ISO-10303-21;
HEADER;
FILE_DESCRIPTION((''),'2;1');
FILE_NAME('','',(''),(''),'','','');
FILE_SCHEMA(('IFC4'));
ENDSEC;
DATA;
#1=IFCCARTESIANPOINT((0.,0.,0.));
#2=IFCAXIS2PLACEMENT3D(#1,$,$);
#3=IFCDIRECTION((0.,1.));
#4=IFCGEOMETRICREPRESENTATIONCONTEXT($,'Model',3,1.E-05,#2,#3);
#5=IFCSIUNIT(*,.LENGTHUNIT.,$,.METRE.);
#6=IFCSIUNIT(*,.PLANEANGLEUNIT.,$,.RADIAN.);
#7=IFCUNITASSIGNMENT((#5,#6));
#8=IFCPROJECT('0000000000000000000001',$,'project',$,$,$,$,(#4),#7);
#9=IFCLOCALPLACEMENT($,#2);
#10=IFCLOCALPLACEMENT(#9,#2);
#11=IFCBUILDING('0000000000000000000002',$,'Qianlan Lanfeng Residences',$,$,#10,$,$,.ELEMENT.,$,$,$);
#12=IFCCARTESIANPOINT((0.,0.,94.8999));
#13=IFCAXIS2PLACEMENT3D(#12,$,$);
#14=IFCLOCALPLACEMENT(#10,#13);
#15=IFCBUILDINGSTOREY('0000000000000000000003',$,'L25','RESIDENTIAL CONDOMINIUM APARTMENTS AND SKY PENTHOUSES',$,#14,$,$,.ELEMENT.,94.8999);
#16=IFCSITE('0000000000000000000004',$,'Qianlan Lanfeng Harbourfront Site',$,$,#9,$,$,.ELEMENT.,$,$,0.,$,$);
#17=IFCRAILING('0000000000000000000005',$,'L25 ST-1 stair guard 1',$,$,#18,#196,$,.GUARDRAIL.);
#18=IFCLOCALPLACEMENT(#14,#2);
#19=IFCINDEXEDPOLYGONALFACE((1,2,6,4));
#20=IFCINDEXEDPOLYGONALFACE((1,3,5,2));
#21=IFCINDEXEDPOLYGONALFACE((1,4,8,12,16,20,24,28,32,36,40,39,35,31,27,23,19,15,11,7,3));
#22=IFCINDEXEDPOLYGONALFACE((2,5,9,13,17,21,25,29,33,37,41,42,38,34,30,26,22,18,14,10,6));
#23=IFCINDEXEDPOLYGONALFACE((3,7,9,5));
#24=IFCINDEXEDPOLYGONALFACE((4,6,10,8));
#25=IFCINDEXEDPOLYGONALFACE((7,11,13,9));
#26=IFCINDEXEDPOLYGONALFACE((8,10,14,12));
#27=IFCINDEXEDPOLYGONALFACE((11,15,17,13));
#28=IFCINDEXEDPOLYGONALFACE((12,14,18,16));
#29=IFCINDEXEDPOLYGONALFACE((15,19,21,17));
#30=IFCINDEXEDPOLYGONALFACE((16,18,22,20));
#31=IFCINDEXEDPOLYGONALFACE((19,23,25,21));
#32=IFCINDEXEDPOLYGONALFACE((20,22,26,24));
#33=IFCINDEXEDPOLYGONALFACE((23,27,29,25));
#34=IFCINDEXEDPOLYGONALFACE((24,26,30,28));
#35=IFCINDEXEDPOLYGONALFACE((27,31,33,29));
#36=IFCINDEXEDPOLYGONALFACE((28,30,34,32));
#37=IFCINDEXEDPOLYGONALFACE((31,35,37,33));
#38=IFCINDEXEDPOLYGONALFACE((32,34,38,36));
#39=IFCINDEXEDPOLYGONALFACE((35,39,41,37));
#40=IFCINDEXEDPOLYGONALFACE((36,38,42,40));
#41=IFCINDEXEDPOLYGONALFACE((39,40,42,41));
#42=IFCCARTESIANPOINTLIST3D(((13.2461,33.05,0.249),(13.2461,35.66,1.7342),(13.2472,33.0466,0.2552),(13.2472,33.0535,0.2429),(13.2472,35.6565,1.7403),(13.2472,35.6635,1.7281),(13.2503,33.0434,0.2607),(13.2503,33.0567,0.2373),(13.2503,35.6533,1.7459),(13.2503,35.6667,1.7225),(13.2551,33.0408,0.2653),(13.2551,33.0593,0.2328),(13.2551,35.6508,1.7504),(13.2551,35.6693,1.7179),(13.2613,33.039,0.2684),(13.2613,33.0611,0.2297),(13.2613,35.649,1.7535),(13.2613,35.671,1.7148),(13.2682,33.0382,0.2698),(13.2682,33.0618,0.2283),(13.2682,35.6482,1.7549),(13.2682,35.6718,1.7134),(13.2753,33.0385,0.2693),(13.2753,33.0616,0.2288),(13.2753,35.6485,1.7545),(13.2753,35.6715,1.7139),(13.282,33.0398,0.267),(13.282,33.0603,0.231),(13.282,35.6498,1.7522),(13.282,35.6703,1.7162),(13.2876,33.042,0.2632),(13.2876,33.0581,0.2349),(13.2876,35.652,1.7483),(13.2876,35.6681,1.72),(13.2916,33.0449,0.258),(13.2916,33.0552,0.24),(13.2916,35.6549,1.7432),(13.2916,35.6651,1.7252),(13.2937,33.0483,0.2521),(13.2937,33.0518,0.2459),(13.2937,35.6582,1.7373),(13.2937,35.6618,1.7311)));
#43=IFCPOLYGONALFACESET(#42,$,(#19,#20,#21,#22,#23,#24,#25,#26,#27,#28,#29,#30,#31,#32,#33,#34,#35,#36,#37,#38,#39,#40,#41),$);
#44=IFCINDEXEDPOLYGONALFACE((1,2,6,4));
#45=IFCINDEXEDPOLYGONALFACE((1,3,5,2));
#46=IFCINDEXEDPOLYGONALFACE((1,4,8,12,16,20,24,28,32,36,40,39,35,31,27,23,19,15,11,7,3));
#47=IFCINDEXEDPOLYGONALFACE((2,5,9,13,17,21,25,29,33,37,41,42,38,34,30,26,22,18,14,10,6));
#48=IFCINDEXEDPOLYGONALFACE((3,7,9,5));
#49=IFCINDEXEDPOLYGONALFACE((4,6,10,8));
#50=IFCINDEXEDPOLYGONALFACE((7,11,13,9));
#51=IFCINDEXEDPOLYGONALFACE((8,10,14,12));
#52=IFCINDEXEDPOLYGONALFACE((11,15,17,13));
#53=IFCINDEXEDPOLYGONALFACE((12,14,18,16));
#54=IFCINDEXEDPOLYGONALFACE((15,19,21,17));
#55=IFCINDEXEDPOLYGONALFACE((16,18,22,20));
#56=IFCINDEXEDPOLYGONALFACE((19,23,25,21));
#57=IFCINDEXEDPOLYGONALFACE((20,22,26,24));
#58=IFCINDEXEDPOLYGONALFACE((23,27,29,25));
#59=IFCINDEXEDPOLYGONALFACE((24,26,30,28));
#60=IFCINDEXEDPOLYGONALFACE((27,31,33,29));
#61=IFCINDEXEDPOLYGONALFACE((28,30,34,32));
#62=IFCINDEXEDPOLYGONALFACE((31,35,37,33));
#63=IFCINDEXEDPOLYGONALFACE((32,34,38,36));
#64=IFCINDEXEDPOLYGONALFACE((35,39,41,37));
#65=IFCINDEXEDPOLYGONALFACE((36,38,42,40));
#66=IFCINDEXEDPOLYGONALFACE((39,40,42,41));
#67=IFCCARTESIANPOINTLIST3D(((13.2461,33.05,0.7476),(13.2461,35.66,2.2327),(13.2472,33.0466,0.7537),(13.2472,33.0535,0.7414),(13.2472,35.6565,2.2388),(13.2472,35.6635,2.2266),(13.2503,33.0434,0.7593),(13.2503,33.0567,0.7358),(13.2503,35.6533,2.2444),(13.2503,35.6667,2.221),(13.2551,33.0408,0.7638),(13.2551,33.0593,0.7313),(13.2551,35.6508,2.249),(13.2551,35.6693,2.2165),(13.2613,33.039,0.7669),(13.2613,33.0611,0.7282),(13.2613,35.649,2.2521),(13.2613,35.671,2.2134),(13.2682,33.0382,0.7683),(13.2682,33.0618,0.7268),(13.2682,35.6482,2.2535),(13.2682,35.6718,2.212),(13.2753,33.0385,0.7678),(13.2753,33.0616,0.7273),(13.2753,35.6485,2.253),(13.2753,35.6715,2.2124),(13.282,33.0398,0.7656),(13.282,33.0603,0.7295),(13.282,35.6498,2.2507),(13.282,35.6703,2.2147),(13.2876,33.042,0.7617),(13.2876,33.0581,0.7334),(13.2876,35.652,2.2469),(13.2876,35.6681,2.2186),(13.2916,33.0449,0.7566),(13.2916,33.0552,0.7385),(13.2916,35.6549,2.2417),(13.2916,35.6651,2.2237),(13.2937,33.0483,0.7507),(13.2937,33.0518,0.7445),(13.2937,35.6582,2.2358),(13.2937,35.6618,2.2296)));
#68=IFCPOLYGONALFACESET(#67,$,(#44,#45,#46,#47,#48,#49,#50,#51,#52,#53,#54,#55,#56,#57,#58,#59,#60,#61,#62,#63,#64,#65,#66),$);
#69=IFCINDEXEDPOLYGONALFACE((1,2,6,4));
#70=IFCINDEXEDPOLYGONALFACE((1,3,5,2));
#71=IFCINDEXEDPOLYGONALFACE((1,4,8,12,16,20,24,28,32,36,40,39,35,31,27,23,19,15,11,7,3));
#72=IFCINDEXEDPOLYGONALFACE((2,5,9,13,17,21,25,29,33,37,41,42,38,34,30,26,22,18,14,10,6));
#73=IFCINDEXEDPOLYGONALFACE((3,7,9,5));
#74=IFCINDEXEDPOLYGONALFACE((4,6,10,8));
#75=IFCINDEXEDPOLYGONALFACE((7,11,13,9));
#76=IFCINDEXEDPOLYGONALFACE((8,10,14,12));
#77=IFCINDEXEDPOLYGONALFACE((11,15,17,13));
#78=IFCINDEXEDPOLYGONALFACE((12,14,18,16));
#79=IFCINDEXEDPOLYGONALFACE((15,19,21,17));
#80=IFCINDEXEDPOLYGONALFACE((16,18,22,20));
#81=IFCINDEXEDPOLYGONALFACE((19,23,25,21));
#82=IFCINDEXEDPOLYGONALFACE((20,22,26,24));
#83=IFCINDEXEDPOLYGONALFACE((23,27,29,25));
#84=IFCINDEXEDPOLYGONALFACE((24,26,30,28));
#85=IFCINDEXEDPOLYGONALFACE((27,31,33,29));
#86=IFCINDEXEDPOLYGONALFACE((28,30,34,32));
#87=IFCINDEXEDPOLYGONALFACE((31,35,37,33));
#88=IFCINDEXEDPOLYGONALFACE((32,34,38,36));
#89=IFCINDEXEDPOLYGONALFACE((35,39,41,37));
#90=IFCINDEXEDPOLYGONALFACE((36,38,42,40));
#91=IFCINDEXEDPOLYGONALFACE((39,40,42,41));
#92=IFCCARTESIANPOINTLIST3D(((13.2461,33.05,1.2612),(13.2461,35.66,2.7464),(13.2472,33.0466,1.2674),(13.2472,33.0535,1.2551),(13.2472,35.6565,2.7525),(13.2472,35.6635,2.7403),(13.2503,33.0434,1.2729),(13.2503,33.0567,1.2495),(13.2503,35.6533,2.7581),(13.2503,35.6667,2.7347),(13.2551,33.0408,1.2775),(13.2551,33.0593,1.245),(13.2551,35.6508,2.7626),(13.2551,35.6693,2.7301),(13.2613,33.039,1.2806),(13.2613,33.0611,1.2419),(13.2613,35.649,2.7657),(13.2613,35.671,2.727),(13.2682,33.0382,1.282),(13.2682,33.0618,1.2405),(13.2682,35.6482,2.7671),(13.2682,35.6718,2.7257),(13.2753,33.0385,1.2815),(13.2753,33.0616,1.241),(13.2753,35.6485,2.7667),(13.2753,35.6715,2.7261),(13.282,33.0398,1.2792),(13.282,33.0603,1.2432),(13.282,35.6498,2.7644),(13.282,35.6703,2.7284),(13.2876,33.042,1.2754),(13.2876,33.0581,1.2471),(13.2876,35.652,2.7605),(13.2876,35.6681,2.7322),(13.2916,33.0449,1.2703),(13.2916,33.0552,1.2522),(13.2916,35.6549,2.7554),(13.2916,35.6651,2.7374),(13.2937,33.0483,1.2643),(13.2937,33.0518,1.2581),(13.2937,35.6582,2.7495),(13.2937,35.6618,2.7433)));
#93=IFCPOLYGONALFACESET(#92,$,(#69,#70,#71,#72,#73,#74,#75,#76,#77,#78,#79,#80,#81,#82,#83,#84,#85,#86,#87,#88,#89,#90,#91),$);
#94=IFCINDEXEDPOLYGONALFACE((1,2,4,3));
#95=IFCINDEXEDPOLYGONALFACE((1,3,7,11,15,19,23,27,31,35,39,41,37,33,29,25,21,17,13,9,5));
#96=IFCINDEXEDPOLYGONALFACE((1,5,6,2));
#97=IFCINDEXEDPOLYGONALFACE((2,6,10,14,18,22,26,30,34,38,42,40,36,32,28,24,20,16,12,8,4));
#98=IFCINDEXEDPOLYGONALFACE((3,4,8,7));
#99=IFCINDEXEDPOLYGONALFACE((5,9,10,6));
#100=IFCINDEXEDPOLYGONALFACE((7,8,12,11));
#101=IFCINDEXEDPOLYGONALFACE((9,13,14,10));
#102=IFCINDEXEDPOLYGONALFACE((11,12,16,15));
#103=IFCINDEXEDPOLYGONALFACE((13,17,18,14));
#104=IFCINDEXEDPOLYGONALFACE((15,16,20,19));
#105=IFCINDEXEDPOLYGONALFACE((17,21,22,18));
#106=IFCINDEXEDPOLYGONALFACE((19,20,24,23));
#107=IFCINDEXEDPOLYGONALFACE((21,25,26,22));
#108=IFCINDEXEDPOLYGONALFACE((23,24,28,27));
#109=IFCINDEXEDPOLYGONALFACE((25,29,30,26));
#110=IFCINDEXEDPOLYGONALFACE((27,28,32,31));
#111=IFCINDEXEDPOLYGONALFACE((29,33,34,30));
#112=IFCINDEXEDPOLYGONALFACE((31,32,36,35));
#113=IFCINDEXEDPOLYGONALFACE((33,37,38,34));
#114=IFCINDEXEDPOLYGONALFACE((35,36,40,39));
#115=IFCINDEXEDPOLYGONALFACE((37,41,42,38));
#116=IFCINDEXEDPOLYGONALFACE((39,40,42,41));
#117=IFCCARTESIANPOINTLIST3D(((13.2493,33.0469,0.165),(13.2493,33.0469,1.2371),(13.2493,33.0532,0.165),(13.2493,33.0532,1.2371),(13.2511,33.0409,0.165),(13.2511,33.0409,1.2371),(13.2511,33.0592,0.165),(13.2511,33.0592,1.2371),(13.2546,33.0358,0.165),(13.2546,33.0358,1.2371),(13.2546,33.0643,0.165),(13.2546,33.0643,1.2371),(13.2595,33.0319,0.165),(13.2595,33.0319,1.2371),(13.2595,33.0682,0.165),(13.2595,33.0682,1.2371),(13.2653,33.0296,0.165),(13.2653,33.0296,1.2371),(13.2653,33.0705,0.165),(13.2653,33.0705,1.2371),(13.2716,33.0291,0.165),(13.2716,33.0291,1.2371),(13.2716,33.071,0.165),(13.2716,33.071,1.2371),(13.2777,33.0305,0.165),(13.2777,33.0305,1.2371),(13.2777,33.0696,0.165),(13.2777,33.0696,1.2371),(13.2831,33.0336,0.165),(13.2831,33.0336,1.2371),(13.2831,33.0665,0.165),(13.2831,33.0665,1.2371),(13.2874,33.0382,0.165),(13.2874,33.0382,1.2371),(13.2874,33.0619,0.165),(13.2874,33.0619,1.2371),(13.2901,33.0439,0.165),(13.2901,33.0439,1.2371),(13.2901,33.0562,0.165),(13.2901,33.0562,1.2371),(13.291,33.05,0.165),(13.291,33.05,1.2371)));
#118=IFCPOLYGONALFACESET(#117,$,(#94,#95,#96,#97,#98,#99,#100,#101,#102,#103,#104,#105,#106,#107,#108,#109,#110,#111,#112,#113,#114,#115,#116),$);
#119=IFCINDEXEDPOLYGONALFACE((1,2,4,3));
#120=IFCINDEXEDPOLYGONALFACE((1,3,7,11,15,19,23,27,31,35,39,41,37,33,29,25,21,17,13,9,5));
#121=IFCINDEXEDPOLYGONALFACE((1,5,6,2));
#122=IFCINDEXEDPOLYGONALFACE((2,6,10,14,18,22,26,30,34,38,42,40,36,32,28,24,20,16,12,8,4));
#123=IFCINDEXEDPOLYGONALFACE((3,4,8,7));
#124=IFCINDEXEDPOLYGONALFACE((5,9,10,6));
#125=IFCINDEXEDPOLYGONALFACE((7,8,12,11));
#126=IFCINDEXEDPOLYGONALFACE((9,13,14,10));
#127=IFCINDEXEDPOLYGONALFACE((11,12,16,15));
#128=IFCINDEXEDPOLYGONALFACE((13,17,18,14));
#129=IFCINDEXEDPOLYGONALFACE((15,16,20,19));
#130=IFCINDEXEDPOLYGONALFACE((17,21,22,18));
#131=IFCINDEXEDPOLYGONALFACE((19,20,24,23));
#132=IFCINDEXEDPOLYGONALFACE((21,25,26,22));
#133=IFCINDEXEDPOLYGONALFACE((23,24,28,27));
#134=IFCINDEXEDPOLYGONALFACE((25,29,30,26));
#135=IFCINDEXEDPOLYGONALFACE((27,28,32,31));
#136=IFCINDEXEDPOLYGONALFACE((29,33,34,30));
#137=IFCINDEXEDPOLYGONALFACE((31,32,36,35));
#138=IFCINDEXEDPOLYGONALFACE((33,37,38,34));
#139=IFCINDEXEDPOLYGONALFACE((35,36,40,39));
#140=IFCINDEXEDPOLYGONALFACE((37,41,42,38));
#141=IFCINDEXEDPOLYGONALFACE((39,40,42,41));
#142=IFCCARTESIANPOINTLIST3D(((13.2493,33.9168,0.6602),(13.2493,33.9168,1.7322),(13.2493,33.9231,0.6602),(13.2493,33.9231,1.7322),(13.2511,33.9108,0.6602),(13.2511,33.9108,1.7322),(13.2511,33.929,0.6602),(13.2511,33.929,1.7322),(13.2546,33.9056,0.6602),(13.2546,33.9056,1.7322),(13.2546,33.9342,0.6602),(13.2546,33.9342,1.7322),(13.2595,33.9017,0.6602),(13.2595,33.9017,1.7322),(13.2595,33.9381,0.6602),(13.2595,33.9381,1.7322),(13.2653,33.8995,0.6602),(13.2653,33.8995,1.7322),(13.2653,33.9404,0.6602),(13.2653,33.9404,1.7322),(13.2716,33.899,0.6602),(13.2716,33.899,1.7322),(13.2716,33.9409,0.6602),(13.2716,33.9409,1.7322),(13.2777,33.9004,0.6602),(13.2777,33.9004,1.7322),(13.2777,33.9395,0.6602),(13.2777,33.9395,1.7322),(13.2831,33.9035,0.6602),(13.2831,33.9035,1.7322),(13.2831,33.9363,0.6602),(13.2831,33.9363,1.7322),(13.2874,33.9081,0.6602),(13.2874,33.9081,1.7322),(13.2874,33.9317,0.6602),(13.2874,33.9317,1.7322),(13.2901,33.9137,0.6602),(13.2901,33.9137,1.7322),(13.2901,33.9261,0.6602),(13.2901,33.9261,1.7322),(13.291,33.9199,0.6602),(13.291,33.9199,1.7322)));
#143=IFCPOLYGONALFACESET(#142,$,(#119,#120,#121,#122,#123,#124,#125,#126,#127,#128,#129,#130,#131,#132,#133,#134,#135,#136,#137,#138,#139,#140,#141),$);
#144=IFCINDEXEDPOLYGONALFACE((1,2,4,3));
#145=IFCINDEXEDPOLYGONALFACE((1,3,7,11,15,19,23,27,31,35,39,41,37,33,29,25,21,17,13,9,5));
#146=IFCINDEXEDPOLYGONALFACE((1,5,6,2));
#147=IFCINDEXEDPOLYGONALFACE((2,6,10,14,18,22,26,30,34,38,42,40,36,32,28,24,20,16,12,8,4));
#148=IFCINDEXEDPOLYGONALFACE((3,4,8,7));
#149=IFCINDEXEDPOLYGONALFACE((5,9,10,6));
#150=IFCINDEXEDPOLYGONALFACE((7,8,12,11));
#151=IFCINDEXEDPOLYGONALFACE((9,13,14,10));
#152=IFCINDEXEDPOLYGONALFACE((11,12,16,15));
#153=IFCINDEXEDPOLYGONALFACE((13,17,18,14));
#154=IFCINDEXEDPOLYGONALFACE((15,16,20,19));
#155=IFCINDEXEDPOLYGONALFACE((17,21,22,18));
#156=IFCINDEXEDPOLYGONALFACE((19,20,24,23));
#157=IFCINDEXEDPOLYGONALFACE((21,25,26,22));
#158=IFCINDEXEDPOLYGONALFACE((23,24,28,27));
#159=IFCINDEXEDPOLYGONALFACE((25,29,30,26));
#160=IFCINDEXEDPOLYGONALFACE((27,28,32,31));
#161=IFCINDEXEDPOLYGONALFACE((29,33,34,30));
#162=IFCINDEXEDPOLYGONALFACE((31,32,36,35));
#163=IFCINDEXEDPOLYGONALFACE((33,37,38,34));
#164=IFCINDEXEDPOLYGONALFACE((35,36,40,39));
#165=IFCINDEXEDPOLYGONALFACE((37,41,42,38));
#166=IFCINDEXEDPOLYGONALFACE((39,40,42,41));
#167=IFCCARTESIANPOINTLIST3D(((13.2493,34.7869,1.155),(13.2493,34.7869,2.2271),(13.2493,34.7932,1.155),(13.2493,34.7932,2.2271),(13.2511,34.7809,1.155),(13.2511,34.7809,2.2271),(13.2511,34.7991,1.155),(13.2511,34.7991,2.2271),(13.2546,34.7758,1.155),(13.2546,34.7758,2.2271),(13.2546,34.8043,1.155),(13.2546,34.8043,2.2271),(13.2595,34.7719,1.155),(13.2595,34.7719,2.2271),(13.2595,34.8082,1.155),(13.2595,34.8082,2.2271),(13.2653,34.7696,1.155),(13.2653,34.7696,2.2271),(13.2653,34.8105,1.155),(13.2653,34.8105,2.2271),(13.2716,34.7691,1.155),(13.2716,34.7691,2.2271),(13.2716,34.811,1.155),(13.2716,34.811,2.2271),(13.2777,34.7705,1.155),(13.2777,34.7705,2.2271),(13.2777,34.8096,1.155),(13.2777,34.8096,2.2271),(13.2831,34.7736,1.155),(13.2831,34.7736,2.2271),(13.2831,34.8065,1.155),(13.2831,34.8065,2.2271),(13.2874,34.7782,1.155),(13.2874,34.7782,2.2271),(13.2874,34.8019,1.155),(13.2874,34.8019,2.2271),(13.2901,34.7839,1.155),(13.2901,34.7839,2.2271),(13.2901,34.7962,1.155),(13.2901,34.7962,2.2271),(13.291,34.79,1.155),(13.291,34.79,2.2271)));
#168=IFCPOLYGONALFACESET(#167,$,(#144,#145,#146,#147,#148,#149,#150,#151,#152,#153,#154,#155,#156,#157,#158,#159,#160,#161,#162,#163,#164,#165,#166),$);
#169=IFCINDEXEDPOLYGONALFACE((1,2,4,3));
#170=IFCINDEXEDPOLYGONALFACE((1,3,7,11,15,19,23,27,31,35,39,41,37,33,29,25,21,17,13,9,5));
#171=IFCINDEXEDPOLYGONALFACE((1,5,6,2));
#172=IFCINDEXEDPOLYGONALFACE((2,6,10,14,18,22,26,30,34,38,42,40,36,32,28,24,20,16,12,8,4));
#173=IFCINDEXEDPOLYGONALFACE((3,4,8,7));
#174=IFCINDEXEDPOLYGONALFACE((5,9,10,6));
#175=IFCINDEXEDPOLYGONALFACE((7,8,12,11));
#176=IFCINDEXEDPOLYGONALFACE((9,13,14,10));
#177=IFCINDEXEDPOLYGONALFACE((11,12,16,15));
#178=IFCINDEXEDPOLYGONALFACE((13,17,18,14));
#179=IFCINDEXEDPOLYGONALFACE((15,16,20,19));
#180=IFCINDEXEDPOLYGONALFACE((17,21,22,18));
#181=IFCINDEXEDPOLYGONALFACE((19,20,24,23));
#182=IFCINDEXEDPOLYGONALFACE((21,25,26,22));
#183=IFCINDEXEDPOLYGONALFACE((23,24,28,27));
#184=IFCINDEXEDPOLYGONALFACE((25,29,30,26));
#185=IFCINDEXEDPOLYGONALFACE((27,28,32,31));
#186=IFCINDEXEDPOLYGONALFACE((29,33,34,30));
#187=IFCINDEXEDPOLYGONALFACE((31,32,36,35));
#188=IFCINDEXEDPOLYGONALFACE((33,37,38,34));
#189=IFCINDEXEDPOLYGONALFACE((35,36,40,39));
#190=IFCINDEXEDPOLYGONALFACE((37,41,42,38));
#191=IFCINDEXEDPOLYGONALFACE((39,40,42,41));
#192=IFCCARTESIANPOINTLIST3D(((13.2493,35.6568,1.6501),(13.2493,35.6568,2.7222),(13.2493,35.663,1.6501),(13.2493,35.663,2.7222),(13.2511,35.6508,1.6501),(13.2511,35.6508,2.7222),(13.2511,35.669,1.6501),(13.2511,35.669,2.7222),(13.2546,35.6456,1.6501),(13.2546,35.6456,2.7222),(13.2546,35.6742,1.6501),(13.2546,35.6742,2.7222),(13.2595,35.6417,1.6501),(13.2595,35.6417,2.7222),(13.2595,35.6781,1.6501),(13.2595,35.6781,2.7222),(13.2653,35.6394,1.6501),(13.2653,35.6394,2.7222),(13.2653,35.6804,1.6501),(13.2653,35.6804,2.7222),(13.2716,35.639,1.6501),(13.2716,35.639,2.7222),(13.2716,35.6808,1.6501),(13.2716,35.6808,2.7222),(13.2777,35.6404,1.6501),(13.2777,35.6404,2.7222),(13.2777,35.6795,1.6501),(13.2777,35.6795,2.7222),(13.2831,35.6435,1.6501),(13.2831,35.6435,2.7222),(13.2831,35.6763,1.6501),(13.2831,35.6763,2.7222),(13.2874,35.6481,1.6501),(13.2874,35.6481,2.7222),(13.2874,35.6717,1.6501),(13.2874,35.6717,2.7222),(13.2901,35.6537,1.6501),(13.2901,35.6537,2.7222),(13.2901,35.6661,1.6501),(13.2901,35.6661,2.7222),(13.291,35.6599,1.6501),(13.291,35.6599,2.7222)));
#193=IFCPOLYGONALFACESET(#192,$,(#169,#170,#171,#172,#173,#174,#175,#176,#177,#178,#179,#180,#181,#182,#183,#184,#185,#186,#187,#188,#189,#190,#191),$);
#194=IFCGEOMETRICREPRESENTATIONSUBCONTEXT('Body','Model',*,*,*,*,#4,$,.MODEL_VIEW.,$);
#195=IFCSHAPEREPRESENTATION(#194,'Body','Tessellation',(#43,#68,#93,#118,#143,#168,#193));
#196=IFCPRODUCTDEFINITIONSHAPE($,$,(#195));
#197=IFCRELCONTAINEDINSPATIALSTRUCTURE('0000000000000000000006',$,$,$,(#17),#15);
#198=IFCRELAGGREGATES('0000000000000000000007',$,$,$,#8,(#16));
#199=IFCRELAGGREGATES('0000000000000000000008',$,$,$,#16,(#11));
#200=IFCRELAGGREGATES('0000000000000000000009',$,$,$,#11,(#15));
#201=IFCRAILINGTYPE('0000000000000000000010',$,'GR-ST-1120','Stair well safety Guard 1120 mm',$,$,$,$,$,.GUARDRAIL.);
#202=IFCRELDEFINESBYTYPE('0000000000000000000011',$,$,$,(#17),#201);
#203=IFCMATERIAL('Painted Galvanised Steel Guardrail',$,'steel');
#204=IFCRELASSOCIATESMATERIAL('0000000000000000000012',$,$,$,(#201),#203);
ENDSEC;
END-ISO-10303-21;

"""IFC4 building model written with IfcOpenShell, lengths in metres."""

from ifc_helpers import new_model, si_unit, direction, frame, origin, origin_2d, place, context, subcontext, project, spatial, circle, extrude, material, type_object, element, save


model = new_model("IFC4")

# Units and contexts
model_context = context("Model", 3, precision=1e-05, world=origin(), true_north=direction((0.0, 1.0)))
body_context = subcontext(model_context, "Body", "Model", "MODEL_VIEW")
ifc_project = project(units=[si_unit("LENGTHUNIT", "METRE"), si_unit("PLANEANGLEUNIT", "RADIAN")], contexts=[model_context])

# Site, building, storey
site_placement = place(None, origin())
site = spatial("IfcSite", under=ifc_project, at=site_placement, Name="Qianlan Lanfeng Harbourfront Site", CompositionType="ELEMENT", RefElevation=0.0)
building_placement = place(site_placement, origin())
building = spatial("IfcBuilding", under=site, at=building_placement, Name="Qianlan Lanfeng Residences", CompositionType="ELEMENT")
storey_placement = place(building_placement, frame((0.0, 0.0, 94.8999)))
storey = spatial("IfcBuildingStorey", under=building, at=storey_placement, Name="L25", Description="RESIDENTIAL CONDOMINIUM APARTMENTS AND SKY PENTHOUSES", CompositionType="ELEMENT", Elevation=94.8999)

# Railing
ifc_material_1 = material(Name="Painted Galvanised Steel Guardrail", Category="steel")
railing_type_1 = type_object("IfcRailingType", Name="GR-ST-1120", Description="Stair well safety Guard 1120 mm", PredefinedType="GUARDRAIL", material=ifc_material_1)
railing_1_placement = place(storey_placement, frame((13.27, 33.05, 0.165)))
element("IfcRailing", 1, at=railing_1_placement, inside=storey, type_object=railing_type_1, Name="L25 ST-1 stair guard 1", PredefinedType="GUARDRAIL", context=body_context, shape_type="SweptSolid", body=[
    extrude(circle(Radius=0.0239, at=origin_2d()), frame((0.0, 0.0, 0.084), z_axis=(0.0, 0.869137, 0.494571), x_axis=(-1.0, 0.0, 0.0)), (0.0, 0.0, 1.0), 3.0029),
    extrude(circle(Radius=0.0239, at=origin_2d()), frame((0.0, 0.0, 0.5825), z_axis=(0.0, 0.869137, 0.494571), x_axis=(-1.0, 0.0, 0.0)), (0.0, 0.0, 1.0), 3.0029),
    extrude(circle(Radius=0.0239, at=origin_2d()), frame((0.0, 0.0, 1.0962), z_axis=(0.0, 0.869137, 0.494571), x_axis=(-1.0, 0.0, 0.0)), (0.0, 0.0, 1.0), 3.0029),
    extrude(circle(Radius=0.021, at=origin_2d()), origin(), (0.0, 0.0, 1.0), 1.072),
    extrude(circle(Radius=0.021, at=origin_2d()), frame((0.0, 0.8699, 0.4951)), (0.0, 0.0, 1.0), 1.072),
    extrude(circle(Radius=0.021, at=origin_2d()), frame((0.0, 1.74, 0.99)), (0.0, 0.0, 1.0), 1.072),
    extrude(circle(Radius=0.021, at=origin_2d()), frame((0.0, 2.6099, 1.4851)), (0.0, 0.0, 1.0), 1.072),
])

save(model, "model.ifc")
